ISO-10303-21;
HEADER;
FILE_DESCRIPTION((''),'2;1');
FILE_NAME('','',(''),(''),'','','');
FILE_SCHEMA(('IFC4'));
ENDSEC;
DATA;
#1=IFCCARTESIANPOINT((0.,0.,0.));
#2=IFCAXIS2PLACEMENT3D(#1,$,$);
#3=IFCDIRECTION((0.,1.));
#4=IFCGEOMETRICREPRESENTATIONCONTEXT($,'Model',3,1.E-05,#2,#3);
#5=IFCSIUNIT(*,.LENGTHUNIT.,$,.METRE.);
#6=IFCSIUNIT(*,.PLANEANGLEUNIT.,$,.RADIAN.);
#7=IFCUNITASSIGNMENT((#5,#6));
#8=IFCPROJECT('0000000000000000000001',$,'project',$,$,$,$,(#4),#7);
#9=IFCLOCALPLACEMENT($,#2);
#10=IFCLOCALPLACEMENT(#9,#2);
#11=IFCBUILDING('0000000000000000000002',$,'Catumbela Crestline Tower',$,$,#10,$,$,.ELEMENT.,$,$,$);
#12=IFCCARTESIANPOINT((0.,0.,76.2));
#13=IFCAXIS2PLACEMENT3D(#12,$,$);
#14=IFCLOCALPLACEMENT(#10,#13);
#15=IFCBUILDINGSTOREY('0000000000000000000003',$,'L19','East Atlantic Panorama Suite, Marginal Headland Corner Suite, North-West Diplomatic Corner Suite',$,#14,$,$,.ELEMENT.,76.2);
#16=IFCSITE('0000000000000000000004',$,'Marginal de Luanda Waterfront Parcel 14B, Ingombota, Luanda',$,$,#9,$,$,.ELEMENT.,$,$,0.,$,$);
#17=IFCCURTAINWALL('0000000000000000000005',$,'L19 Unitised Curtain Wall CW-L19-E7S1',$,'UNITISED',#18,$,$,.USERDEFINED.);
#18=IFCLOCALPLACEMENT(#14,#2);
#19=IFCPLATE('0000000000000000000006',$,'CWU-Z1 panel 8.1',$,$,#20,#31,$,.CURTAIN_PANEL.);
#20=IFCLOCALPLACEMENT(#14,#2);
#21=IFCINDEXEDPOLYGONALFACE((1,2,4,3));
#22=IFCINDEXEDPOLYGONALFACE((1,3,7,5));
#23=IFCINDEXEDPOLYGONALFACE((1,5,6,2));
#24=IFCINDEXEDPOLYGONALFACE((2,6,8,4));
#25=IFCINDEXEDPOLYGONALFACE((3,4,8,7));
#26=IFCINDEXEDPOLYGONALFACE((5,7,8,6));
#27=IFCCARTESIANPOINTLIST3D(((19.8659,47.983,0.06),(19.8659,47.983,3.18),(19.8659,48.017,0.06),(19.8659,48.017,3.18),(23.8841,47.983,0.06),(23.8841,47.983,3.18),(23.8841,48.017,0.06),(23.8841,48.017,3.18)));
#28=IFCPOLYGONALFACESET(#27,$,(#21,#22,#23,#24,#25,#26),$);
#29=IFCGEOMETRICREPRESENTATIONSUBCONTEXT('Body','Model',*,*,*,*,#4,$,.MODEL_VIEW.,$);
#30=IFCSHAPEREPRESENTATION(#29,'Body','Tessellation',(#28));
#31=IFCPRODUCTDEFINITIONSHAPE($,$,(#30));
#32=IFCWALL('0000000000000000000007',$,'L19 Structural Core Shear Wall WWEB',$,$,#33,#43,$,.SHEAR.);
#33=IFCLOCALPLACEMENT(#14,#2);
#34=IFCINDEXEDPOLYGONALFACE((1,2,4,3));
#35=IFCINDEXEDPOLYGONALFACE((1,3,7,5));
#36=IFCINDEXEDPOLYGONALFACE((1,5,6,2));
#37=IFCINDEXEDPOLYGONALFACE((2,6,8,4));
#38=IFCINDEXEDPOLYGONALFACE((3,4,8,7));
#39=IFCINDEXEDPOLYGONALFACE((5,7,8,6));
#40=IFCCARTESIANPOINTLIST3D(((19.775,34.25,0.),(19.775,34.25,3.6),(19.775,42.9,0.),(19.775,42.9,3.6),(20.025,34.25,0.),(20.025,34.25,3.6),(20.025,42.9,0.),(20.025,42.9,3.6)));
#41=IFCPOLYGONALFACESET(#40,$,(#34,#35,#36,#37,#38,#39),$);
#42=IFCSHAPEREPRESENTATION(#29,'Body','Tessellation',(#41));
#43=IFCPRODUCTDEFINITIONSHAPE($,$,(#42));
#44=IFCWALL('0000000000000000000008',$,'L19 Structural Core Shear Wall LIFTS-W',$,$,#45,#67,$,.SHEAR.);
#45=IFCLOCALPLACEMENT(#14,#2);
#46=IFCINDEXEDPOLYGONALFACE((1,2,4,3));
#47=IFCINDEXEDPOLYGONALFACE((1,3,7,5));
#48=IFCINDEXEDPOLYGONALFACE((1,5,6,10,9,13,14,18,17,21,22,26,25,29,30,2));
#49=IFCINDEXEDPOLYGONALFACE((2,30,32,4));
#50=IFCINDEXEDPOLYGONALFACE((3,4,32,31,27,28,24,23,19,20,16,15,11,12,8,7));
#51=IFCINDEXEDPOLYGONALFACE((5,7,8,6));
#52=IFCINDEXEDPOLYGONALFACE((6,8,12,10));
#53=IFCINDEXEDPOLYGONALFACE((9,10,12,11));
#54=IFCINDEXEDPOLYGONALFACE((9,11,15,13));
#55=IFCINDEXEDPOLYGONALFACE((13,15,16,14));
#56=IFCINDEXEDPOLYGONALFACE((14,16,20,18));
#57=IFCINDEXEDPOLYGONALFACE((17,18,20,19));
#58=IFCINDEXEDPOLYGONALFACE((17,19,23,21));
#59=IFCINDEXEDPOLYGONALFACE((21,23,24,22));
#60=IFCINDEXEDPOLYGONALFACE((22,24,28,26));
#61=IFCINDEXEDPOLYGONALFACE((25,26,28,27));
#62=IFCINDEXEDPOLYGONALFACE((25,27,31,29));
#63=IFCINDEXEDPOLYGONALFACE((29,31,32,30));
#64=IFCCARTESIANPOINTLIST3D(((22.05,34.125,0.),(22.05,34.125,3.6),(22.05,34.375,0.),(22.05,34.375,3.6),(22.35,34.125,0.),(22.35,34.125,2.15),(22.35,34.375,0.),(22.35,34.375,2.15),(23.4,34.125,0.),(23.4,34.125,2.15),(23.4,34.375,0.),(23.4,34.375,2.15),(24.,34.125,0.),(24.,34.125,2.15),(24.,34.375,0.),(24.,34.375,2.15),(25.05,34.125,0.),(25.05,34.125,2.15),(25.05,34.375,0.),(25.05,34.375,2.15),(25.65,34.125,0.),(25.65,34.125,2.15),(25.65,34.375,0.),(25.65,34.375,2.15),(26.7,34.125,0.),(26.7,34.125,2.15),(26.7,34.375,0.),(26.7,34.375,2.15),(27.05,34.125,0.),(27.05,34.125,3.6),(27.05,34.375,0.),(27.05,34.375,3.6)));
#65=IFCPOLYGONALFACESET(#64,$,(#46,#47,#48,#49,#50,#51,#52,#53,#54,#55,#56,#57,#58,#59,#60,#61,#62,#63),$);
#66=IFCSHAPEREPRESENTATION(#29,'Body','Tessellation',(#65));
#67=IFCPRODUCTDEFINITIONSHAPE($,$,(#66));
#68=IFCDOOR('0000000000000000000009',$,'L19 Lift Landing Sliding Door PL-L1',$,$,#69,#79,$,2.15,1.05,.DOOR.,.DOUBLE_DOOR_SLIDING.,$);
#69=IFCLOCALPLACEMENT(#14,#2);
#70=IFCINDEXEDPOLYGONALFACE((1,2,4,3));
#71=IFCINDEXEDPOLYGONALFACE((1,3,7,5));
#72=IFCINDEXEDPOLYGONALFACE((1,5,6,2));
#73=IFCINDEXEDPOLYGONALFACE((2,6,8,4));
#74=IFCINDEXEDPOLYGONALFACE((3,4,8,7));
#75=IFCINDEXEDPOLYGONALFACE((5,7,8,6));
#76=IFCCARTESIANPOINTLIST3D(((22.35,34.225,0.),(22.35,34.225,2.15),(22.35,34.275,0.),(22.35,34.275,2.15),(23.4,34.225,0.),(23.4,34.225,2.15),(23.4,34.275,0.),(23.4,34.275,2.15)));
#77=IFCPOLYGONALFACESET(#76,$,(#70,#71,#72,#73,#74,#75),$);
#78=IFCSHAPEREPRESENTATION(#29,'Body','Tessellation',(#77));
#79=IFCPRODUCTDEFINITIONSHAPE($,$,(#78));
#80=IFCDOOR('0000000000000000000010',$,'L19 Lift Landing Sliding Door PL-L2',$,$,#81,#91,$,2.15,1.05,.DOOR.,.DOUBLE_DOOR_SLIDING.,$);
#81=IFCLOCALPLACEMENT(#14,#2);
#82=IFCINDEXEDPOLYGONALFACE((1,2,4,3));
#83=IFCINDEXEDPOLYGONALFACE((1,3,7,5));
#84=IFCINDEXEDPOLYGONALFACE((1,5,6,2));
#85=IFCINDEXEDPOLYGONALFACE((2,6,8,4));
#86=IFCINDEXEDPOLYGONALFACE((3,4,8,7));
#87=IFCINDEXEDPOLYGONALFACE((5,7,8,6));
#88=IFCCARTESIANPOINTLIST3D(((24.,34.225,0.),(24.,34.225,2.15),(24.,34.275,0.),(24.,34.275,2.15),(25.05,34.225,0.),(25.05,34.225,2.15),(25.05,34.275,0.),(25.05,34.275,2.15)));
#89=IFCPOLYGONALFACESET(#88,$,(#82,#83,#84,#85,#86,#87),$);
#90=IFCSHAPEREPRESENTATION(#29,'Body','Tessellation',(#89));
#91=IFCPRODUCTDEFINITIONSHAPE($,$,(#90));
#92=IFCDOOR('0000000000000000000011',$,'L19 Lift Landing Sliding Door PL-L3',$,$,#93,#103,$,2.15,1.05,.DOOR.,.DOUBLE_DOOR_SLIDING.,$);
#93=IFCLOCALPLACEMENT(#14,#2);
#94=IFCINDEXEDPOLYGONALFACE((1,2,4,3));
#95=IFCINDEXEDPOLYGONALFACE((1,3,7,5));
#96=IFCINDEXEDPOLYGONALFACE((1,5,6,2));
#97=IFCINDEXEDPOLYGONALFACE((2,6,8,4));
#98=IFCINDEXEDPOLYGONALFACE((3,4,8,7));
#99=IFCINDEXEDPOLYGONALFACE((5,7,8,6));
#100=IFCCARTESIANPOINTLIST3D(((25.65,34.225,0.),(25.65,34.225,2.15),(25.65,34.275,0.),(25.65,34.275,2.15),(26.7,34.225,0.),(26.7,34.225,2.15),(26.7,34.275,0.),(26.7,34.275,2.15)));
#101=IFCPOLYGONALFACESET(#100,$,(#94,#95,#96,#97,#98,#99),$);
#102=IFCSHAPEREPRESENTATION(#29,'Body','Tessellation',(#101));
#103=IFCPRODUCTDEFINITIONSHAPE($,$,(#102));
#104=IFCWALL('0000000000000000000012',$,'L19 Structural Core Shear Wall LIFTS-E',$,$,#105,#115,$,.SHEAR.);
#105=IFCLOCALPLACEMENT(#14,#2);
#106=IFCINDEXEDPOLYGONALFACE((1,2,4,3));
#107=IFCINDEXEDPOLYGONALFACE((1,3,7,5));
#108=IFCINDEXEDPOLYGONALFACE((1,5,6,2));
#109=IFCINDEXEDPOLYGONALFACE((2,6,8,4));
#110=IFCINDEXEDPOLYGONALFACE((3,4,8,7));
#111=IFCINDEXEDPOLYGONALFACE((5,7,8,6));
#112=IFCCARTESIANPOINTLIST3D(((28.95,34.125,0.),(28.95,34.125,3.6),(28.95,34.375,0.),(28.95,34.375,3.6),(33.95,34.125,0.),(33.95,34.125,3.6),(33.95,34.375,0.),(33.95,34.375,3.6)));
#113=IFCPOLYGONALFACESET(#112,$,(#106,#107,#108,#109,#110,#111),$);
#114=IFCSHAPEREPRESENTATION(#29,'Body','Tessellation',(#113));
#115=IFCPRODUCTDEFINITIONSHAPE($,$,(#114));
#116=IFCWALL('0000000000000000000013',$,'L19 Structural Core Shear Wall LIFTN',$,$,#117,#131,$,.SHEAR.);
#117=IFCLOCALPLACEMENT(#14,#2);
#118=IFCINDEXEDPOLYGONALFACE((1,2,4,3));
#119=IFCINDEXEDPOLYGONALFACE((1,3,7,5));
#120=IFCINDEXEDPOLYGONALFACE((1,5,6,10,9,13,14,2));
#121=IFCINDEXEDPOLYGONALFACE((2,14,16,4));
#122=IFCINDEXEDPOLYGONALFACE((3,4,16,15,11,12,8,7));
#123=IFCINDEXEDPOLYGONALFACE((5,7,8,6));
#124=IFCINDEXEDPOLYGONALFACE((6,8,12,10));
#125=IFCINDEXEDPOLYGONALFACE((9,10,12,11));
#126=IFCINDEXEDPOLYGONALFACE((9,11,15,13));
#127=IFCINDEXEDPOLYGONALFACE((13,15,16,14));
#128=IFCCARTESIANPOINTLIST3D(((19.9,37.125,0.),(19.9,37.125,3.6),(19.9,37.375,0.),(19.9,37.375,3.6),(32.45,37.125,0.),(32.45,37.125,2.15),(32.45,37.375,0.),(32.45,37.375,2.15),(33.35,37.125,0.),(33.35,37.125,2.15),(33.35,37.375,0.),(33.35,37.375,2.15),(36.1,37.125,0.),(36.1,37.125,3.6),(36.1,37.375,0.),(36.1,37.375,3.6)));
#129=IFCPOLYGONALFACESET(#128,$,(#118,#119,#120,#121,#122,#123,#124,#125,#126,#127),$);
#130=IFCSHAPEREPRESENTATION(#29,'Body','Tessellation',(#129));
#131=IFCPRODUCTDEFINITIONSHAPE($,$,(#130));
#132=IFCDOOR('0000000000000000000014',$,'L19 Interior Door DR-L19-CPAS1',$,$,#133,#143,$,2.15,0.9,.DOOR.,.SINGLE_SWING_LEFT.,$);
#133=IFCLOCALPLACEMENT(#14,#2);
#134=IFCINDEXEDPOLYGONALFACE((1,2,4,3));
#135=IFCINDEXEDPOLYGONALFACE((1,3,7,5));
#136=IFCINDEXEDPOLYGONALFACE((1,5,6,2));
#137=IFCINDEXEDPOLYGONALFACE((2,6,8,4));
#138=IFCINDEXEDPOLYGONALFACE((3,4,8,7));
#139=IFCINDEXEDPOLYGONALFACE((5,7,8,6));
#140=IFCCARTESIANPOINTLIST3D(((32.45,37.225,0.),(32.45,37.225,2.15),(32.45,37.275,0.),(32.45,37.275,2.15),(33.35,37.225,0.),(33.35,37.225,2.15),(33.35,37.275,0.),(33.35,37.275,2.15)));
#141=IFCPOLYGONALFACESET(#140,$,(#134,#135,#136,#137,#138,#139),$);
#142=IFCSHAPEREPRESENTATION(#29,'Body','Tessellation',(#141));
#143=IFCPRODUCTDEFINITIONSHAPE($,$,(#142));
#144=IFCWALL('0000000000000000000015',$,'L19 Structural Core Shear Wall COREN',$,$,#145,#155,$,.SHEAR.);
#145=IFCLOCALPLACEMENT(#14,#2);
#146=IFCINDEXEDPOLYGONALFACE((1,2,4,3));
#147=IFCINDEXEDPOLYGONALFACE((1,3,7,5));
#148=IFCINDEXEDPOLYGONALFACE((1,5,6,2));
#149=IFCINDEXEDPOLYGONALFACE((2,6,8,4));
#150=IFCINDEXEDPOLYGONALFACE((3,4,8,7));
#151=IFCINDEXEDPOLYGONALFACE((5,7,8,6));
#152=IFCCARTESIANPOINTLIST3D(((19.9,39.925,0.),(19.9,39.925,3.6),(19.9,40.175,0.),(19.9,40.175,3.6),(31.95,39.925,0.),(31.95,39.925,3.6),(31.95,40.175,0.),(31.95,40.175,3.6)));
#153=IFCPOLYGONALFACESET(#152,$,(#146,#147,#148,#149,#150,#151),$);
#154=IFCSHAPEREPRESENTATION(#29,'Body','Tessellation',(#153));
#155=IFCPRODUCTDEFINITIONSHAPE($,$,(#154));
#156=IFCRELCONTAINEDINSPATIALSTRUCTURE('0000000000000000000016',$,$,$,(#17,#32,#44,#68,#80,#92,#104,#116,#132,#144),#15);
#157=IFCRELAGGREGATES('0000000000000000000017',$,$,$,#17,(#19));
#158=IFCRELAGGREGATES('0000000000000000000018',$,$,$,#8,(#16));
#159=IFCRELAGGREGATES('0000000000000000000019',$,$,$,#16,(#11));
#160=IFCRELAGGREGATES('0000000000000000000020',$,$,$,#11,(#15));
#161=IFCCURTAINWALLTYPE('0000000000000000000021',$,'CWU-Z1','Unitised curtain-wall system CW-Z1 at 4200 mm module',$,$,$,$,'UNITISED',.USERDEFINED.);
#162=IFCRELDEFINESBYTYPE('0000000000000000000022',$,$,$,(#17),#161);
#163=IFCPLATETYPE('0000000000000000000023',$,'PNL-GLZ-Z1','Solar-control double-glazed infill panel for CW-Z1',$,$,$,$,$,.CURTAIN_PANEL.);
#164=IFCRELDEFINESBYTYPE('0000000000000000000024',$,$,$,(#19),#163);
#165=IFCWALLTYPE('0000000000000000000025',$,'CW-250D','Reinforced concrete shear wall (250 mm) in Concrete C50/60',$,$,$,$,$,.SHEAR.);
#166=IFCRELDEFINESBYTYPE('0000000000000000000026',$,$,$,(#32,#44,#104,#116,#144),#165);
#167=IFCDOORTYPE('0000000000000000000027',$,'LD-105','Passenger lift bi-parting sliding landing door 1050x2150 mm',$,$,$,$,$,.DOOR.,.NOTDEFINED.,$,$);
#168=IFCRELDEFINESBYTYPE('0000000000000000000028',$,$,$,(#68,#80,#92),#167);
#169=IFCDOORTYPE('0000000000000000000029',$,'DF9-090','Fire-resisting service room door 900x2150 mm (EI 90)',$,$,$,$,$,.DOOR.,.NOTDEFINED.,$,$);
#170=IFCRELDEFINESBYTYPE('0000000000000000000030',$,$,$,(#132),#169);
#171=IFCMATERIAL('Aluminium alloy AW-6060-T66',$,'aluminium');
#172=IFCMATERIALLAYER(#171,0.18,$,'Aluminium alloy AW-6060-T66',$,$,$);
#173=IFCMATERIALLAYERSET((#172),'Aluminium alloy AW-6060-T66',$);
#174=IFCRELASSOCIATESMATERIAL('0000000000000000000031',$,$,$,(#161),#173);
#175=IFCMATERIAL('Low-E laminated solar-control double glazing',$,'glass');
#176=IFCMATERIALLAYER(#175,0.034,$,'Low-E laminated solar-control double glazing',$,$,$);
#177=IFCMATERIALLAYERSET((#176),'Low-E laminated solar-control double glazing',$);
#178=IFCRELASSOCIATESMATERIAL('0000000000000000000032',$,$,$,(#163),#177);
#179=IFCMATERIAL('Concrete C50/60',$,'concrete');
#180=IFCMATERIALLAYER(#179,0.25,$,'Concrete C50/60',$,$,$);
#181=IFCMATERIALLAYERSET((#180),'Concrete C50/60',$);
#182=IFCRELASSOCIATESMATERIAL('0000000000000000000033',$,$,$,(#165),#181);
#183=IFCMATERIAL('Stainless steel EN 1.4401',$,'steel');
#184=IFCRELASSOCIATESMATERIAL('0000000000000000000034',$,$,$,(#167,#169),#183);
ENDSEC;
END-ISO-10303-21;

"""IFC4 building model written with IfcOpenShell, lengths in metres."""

from ifc_helpers import new_model, si_unit, direction, frame, frame_2d, origin, origin_2d, place, context, subcontext, project, spatial, rectangle, extrude, material, layer, layer_set, type_object, element, fill, aggregate, save


model = new_model("IFC4")

# Units and contexts
model_context = context("Model", 3, precision=1e-05, world=origin(), true_north=direction((0.0, 1.0)))
body_context = subcontext(model_context, "Body", "Model", "MODEL_VIEW")
ifc_project = project(units=[si_unit("LENGTHUNIT", "METRE"), si_unit("PLANEANGLEUNIT", "RADIAN")], contexts=[model_context])

# Site, building, storey
site_placement = place(None, origin())
site = spatial("IfcSite", under=ifc_project, at=site_placement, Name="Marginal de Luanda Waterfront Parcel 14B, Ingombota, Luanda", CompositionType="ELEMENT", RefElevation=0.0)
building_placement = place(site_placement, origin())
building = spatial("IfcBuilding", under=site, at=building_placement, Name="Catumbela Crestline Tower", CompositionType="ELEMENT")
storey_placement = place(building_placement, frame((0.0, 0.0, 76.2)))
storey = spatial("IfcBuildingStorey", under=building, at=storey_placement, Name="L19", Description="East Atlantic Panorama Suite, Marginal Headland Corner Suite, North-West Diplomatic Corner Suite", CompositionType="ELEMENT", Elevation=76.2)

# Curtain wall, plate
ifc_material_1 = material(Name="Aluminium alloy AW-6060-T66", Category="aluminium")
ifc_layer_1 = layer(ifc_material_1, 0.18, Name="Aluminium alloy AW-6060-T66")
ifc_layer_set_1 = layer_set([ifc_layer_1], Name="Aluminium alloy AW-6060-T66")
curtain_wall_type = type_object("IfcCurtainWallType", Name="CWU-Z1", Description="Unitised curtain-wall system CW-Z1 at 4200 mm module", ElementType="UNITISED", PredefinedType="USERDEFINED", material=ifc_layer_set_1)
curtain_wall_placement = place(storey_placement, origin())
curtain_wall = element("IfcCurtainWall", 1, at=curtain_wall_placement, inside=storey, type_object=curtain_wall_type, Name="L19 Unitised Curtain Wall CW-L19-E7S1", ObjectType="UNITISED", PredefinedType="USERDEFINED")
ifc_material_2 = material(Name="Low-E laminated solar-control double glazing", Category="glass")
ifc_layer_2 = layer(ifc_material_2, 0.034, Name="Low-E laminated solar-control double glazing")
ifc_layer_set_2 = layer_set([ifc_layer_2], Name="Low-E laminated solar-control double glazing")
plate_type = type_object("IfcPlateType", Name="PNL-GLZ-Z1", Description="Solar-control double-glazed infill panel for CW-Z1", PredefinedType="CURTAIN_PANEL", material=ifc_layer_set_2)
plate_1_placement = place(storey_placement, frame((21.875, 48.0, 0.06), z_axis=(0.0, 0.0, 1.0), x_axis=(-1.0, 0.0, 0.0)))
plate_1 = element("IfcPlate", 2, at=plate_1_placement, type_object=plate_type, Name="CWU-Z1 panel 8.1", PredefinedType="CURTAIN_PANEL", context=body_context, shape_type="SweptSolid", body=[
    extrude(rectangle(XDim=4.0183, YDim=0.034, at=origin_2d()), origin(), (0.0, 0.0, 1.0), 3.12),
])
aggregate(curtain_wall, [plate_1])

# Wall
ifc_material_3 = material(Name="Concrete C50/60", Category="concrete")
ifc_layer_3 = layer(ifc_material_3, 0.25, Name="Concrete C50/60")
ifc_layer_set_3 = layer_set([ifc_layer_3], Name="Concrete C50/60")
wall_type_1 = type_object("IfcWallType", Name="CW-250D", Description="Reinforced concrete shear wall (250 mm) in Concrete C50/60", PredefinedType="SHEAR", material=ifc_layer_set_3)
wall_1_placement = place(storey_placement, frame((19.9, 34.25, 0.0), z_axis=(0.0, 0.0, 1.0), x_axis=(0.0, 1.0, 0.0)))
element("IfcWall", 3, at=wall_1_placement, inside=storey, type_object=wall_type_1, Name="L19 Structural Core Shear Wall WWEB", PredefinedType="SHEAR", context=body_context, shape_type="SweptSolid", body=[
    extrude(rectangle(XDim=8.65, YDim=0.25, at=frame_2d((4.325, 0.0))), origin(), (0.0, 0.0, 1.0), 3.6),
])

# Wall, openings, doors
wall_2_placement = place(storey_placement, frame((22.05, 34.25, 0.0), z_axis=(0.0, 0.0, 1.0), x_axis=(1.0, 0.0, 0.0)))
wall_2 = element("IfcWall", 4, at=wall_2_placement, inside=storey, type_object=wall_type_1, Name="L19 Structural Core Shear Wall LIFTS-W", PredefinedType="SHEAR", context=body_context, shape_type="SweptSolid", body=[
    extrude(rectangle(XDim=5.0, YDim=0.25, at=frame_2d((2.5, 0.0))), origin(), (0.0, 0.0, 1.0), 3.6),
])
opening_1_placement = place(wall_2_placement, frame((0.3, 0.0, 0.0)))
opening_1 = element("IfcOpeningElement", 5, at=opening_1_placement, cuts=wall_2, PredefinedType="OPENING", context=body_context, shape_type="SweptSolid", body=[
    extrude(rectangle(XDim=1.05, YDim=2.15, at=frame_2d((0.525, 1.075))), frame((0.0, 0.135, 0.0), z_axis=(0.0, -1.0, 0.0), x_axis=(1.0, 0.0, 0.0)), (0.0, 0.0, 1.0), 0.27),
])
opening_2_placement = place(wall_2_placement, frame((1.95, 0.0, 0.0)))
opening_2 = element("IfcOpeningElement", 6, at=opening_2_placement, cuts=wall_2, PredefinedType="OPENING", context=body_context, shape_type="SweptSolid", body=[
    extrude(rectangle(XDim=1.05, YDim=2.15, at=frame_2d((0.525, 1.075))), frame((0.0, 0.135, 0.0), z_axis=(0.0, -1.0, 0.0), x_axis=(1.0, 0.0, 0.0)), (0.0, 0.0, 1.0), 0.27),
])
opening_3_placement = place(wall_2_placement, frame((3.6, 0.0, 0.0)))
opening_3 = element("IfcOpeningElement", 7, at=opening_3_placement, cuts=wall_2, PredefinedType="OPENING", context=body_context, shape_type="SweptSolid", body=[
    extrude(rectangle(XDim=1.05, YDim=2.15, at=frame_2d((0.525, 1.075))), frame((0.0, 0.135, 0.0), z_axis=(0.0, -1.0, 0.0), x_axis=(1.0, 0.0, 0.0)), (0.0, 0.0, 1.0), 0.27),
])
ifc_material_4 = material(Name="Stainless steel EN 1.4401", Category="steel")
door_type_1 = type_object("IfcDoorType", Name="LD-105", Description="Passenger lift bi-parting sliding landing door 1050x2150 mm", OperationType="NOTDEFINED", PredefinedType="DOOR", material=ifc_material_4)
door_1_placement = place(opening_1_placement, origin())
door_1 = element("IfcDoor", 8, at=door_1_placement, inside=storey, type_object=door_type_1, Name="L19 Lift Landing Sliding Door PL-L1", OperationType="DOUBLE_DOOR_SLIDING", OverallHeight=2.15, OverallWidth=1.05, PredefinedType="DOOR", context=body_context, shape_type="SweptSolid", body=[
    extrude(rectangle(XDim=1.05, YDim=2.15, at=frame_2d((0.525, 1.075))), frame((0.0, 0.025, 0.0), z_axis=(0.0, -1.0, 0.0), x_axis=(1.0, 0.0, 0.0)), (0.0, 0.0, 1.0), 0.05),
])
fill(opening_1, door_1)
door_2_placement = place(opening_2_placement, origin())
door_2 = element("IfcDoor", 9, at=door_2_placement, inside=storey, type_object=door_type_1, Name="L19 Lift Landing Sliding Door PL-L2", OperationType="DOUBLE_DOOR_SLIDING", OverallHeight=2.15, OverallWidth=1.05, PredefinedType="DOOR", context=body_context, shape_type="SweptSolid", body=[
    extrude(rectangle(XDim=1.05, YDim=2.15, at=frame_2d((0.525, 1.075))), frame((0.0, 0.025, 0.0), z_axis=(0.0, -1.0, 0.0), x_axis=(1.0, 0.0, 0.0)), (0.0, 0.0, 1.0), 0.05),
])
fill(opening_2, door_2)
door_3_placement = place(opening_3_placement, origin())
door_3 = element("IfcDoor", 10, at=door_3_placement, inside=storey, type_object=door_type_1, Name="L19 Lift Landing Sliding Door PL-L3", OperationType="DOUBLE_DOOR_SLIDING", OverallHeight=2.15, OverallWidth=1.05, PredefinedType="DOOR", context=body_context, shape_type="SweptSolid", body=[
    extrude(rectangle(XDim=1.05, YDim=2.15, at=frame_2d((0.525, 1.075))), frame((0.0, 0.025, 0.0), z_axis=(0.0, -1.0, 0.0), x_axis=(1.0, 0.0, 0.0)), (0.0, 0.0, 1.0), 0.05),
])
fill(opening_3, door_3)

# Wall
wall_3_placement = place(storey_placement, frame((28.95, 34.25, 0.0), z_axis=(0.0, 0.0, 1.0), x_axis=(1.0, 0.0, 0.0)))
element("IfcWall", 11, at=wall_3_placement, inside=storey, type_object=wall_type_1, Name="L19 Structural Core Shear Wall LIFTS-E", PredefinedType="SHEAR", context=body_context, shape_type="SweptSolid", body=[
    extrude(rectangle(XDim=5.0, YDim=0.25, at=frame_2d((2.5, 0.0))), origin(), (0.0, 0.0, 1.0), 3.6),
])

# Wall, opening, door
wall_4_placement = place(storey_placement, frame((19.9, 37.25, 0.0), z_axis=(0.0, 0.0, 1.0), x_axis=(1.0, 0.0, 0.0)))
wall_4 = element("IfcWall", 12, at=wall_4_placement, inside=storey, type_object=wall_type_1, Name="L19 Structural Core Shear Wall LIFTN", PredefinedType="SHEAR", context=body_context, shape_type="SweptSolid", body=[
    extrude(rectangle(XDim=16.2, YDim=0.25, at=frame_2d((8.1, 0.0))), origin(), (0.0, 0.0, 1.0), 3.6),
])
opening_4_placement = place(wall_4_placement, frame((12.55, 0.0, 0.0)))
opening_4 = element("IfcOpeningElement", 13, at=opening_4_placement, cuts=wall_4, PredefinedType="OPENING", context=body_context, shape_type="SweptSolid", body=[
    extrude(rectangle(XDim=0.9, YDim=2.15, at=frame_2d((0.45, 1.075))), frame((0.0, 0.135, 0.0), z_axis=(0.0, -1.0, 0.0), x_axis=(1.0, 0.0, 0.0)), (0.0, 0.0, 1.0), 0.27),
])
door_type_2 = type_object("IfcDoorType", Name="DF9-090", Description="Fire-resisting service room door 900x2150 mm (EI 90)", OperationType="NOTDEFINED", PredefinedType="DOOR", material=ifc_material_4)
door_4_placement = place(opening_4_placement, origin())
door_4 = element("IfcDoor", 14, at=door_4_placement, inside=storey, type_object=door_type_2, Name="L19 Interior Door DR-L19-CPAS1", OperationType="SINGLE_SWING_LEFT", OverallHeight=2.15, OverallWidth=0.9, PredefinedType="DOOR", context=body_context, shape_type="SweptSolid", body=[
    extrude(rectangle(XDim=0.9, YDim=2.15, at=frame_2d((0.45, 1.075))), frame((0.0, 0.025, 0.0), z_axis=(0.0, -1.0, 0.0), x_axis=(1.0, 0.0, 0.0)), (0.0, 0.0, 1.0), 0.05),
])
fill(opening_4, door_4)

# Wall
wall_5_placement = place(storey_placement, frame((19.9, 40.05, 0.0), z_axis=(0.0, 0.0, 1.0), x_axis=(1.0, 0.0, 0.0)))
element("IfcWall", 15, at=wall_5_placement, inside=storey, type_object=wall_type_1, Name="L19 Structural Core Shear Wall COREN", PredefinedType="SHEAR", context=body_context, shape_type="SweptSolid", body=[
    extrude(rectangle(XDim=12.05, YDim=0.25, at=frame_2d((6.025, 0.0))), origin(), (0.0, 0.0, 1.0), 3.6),
])

save(model, "model.ifc")
